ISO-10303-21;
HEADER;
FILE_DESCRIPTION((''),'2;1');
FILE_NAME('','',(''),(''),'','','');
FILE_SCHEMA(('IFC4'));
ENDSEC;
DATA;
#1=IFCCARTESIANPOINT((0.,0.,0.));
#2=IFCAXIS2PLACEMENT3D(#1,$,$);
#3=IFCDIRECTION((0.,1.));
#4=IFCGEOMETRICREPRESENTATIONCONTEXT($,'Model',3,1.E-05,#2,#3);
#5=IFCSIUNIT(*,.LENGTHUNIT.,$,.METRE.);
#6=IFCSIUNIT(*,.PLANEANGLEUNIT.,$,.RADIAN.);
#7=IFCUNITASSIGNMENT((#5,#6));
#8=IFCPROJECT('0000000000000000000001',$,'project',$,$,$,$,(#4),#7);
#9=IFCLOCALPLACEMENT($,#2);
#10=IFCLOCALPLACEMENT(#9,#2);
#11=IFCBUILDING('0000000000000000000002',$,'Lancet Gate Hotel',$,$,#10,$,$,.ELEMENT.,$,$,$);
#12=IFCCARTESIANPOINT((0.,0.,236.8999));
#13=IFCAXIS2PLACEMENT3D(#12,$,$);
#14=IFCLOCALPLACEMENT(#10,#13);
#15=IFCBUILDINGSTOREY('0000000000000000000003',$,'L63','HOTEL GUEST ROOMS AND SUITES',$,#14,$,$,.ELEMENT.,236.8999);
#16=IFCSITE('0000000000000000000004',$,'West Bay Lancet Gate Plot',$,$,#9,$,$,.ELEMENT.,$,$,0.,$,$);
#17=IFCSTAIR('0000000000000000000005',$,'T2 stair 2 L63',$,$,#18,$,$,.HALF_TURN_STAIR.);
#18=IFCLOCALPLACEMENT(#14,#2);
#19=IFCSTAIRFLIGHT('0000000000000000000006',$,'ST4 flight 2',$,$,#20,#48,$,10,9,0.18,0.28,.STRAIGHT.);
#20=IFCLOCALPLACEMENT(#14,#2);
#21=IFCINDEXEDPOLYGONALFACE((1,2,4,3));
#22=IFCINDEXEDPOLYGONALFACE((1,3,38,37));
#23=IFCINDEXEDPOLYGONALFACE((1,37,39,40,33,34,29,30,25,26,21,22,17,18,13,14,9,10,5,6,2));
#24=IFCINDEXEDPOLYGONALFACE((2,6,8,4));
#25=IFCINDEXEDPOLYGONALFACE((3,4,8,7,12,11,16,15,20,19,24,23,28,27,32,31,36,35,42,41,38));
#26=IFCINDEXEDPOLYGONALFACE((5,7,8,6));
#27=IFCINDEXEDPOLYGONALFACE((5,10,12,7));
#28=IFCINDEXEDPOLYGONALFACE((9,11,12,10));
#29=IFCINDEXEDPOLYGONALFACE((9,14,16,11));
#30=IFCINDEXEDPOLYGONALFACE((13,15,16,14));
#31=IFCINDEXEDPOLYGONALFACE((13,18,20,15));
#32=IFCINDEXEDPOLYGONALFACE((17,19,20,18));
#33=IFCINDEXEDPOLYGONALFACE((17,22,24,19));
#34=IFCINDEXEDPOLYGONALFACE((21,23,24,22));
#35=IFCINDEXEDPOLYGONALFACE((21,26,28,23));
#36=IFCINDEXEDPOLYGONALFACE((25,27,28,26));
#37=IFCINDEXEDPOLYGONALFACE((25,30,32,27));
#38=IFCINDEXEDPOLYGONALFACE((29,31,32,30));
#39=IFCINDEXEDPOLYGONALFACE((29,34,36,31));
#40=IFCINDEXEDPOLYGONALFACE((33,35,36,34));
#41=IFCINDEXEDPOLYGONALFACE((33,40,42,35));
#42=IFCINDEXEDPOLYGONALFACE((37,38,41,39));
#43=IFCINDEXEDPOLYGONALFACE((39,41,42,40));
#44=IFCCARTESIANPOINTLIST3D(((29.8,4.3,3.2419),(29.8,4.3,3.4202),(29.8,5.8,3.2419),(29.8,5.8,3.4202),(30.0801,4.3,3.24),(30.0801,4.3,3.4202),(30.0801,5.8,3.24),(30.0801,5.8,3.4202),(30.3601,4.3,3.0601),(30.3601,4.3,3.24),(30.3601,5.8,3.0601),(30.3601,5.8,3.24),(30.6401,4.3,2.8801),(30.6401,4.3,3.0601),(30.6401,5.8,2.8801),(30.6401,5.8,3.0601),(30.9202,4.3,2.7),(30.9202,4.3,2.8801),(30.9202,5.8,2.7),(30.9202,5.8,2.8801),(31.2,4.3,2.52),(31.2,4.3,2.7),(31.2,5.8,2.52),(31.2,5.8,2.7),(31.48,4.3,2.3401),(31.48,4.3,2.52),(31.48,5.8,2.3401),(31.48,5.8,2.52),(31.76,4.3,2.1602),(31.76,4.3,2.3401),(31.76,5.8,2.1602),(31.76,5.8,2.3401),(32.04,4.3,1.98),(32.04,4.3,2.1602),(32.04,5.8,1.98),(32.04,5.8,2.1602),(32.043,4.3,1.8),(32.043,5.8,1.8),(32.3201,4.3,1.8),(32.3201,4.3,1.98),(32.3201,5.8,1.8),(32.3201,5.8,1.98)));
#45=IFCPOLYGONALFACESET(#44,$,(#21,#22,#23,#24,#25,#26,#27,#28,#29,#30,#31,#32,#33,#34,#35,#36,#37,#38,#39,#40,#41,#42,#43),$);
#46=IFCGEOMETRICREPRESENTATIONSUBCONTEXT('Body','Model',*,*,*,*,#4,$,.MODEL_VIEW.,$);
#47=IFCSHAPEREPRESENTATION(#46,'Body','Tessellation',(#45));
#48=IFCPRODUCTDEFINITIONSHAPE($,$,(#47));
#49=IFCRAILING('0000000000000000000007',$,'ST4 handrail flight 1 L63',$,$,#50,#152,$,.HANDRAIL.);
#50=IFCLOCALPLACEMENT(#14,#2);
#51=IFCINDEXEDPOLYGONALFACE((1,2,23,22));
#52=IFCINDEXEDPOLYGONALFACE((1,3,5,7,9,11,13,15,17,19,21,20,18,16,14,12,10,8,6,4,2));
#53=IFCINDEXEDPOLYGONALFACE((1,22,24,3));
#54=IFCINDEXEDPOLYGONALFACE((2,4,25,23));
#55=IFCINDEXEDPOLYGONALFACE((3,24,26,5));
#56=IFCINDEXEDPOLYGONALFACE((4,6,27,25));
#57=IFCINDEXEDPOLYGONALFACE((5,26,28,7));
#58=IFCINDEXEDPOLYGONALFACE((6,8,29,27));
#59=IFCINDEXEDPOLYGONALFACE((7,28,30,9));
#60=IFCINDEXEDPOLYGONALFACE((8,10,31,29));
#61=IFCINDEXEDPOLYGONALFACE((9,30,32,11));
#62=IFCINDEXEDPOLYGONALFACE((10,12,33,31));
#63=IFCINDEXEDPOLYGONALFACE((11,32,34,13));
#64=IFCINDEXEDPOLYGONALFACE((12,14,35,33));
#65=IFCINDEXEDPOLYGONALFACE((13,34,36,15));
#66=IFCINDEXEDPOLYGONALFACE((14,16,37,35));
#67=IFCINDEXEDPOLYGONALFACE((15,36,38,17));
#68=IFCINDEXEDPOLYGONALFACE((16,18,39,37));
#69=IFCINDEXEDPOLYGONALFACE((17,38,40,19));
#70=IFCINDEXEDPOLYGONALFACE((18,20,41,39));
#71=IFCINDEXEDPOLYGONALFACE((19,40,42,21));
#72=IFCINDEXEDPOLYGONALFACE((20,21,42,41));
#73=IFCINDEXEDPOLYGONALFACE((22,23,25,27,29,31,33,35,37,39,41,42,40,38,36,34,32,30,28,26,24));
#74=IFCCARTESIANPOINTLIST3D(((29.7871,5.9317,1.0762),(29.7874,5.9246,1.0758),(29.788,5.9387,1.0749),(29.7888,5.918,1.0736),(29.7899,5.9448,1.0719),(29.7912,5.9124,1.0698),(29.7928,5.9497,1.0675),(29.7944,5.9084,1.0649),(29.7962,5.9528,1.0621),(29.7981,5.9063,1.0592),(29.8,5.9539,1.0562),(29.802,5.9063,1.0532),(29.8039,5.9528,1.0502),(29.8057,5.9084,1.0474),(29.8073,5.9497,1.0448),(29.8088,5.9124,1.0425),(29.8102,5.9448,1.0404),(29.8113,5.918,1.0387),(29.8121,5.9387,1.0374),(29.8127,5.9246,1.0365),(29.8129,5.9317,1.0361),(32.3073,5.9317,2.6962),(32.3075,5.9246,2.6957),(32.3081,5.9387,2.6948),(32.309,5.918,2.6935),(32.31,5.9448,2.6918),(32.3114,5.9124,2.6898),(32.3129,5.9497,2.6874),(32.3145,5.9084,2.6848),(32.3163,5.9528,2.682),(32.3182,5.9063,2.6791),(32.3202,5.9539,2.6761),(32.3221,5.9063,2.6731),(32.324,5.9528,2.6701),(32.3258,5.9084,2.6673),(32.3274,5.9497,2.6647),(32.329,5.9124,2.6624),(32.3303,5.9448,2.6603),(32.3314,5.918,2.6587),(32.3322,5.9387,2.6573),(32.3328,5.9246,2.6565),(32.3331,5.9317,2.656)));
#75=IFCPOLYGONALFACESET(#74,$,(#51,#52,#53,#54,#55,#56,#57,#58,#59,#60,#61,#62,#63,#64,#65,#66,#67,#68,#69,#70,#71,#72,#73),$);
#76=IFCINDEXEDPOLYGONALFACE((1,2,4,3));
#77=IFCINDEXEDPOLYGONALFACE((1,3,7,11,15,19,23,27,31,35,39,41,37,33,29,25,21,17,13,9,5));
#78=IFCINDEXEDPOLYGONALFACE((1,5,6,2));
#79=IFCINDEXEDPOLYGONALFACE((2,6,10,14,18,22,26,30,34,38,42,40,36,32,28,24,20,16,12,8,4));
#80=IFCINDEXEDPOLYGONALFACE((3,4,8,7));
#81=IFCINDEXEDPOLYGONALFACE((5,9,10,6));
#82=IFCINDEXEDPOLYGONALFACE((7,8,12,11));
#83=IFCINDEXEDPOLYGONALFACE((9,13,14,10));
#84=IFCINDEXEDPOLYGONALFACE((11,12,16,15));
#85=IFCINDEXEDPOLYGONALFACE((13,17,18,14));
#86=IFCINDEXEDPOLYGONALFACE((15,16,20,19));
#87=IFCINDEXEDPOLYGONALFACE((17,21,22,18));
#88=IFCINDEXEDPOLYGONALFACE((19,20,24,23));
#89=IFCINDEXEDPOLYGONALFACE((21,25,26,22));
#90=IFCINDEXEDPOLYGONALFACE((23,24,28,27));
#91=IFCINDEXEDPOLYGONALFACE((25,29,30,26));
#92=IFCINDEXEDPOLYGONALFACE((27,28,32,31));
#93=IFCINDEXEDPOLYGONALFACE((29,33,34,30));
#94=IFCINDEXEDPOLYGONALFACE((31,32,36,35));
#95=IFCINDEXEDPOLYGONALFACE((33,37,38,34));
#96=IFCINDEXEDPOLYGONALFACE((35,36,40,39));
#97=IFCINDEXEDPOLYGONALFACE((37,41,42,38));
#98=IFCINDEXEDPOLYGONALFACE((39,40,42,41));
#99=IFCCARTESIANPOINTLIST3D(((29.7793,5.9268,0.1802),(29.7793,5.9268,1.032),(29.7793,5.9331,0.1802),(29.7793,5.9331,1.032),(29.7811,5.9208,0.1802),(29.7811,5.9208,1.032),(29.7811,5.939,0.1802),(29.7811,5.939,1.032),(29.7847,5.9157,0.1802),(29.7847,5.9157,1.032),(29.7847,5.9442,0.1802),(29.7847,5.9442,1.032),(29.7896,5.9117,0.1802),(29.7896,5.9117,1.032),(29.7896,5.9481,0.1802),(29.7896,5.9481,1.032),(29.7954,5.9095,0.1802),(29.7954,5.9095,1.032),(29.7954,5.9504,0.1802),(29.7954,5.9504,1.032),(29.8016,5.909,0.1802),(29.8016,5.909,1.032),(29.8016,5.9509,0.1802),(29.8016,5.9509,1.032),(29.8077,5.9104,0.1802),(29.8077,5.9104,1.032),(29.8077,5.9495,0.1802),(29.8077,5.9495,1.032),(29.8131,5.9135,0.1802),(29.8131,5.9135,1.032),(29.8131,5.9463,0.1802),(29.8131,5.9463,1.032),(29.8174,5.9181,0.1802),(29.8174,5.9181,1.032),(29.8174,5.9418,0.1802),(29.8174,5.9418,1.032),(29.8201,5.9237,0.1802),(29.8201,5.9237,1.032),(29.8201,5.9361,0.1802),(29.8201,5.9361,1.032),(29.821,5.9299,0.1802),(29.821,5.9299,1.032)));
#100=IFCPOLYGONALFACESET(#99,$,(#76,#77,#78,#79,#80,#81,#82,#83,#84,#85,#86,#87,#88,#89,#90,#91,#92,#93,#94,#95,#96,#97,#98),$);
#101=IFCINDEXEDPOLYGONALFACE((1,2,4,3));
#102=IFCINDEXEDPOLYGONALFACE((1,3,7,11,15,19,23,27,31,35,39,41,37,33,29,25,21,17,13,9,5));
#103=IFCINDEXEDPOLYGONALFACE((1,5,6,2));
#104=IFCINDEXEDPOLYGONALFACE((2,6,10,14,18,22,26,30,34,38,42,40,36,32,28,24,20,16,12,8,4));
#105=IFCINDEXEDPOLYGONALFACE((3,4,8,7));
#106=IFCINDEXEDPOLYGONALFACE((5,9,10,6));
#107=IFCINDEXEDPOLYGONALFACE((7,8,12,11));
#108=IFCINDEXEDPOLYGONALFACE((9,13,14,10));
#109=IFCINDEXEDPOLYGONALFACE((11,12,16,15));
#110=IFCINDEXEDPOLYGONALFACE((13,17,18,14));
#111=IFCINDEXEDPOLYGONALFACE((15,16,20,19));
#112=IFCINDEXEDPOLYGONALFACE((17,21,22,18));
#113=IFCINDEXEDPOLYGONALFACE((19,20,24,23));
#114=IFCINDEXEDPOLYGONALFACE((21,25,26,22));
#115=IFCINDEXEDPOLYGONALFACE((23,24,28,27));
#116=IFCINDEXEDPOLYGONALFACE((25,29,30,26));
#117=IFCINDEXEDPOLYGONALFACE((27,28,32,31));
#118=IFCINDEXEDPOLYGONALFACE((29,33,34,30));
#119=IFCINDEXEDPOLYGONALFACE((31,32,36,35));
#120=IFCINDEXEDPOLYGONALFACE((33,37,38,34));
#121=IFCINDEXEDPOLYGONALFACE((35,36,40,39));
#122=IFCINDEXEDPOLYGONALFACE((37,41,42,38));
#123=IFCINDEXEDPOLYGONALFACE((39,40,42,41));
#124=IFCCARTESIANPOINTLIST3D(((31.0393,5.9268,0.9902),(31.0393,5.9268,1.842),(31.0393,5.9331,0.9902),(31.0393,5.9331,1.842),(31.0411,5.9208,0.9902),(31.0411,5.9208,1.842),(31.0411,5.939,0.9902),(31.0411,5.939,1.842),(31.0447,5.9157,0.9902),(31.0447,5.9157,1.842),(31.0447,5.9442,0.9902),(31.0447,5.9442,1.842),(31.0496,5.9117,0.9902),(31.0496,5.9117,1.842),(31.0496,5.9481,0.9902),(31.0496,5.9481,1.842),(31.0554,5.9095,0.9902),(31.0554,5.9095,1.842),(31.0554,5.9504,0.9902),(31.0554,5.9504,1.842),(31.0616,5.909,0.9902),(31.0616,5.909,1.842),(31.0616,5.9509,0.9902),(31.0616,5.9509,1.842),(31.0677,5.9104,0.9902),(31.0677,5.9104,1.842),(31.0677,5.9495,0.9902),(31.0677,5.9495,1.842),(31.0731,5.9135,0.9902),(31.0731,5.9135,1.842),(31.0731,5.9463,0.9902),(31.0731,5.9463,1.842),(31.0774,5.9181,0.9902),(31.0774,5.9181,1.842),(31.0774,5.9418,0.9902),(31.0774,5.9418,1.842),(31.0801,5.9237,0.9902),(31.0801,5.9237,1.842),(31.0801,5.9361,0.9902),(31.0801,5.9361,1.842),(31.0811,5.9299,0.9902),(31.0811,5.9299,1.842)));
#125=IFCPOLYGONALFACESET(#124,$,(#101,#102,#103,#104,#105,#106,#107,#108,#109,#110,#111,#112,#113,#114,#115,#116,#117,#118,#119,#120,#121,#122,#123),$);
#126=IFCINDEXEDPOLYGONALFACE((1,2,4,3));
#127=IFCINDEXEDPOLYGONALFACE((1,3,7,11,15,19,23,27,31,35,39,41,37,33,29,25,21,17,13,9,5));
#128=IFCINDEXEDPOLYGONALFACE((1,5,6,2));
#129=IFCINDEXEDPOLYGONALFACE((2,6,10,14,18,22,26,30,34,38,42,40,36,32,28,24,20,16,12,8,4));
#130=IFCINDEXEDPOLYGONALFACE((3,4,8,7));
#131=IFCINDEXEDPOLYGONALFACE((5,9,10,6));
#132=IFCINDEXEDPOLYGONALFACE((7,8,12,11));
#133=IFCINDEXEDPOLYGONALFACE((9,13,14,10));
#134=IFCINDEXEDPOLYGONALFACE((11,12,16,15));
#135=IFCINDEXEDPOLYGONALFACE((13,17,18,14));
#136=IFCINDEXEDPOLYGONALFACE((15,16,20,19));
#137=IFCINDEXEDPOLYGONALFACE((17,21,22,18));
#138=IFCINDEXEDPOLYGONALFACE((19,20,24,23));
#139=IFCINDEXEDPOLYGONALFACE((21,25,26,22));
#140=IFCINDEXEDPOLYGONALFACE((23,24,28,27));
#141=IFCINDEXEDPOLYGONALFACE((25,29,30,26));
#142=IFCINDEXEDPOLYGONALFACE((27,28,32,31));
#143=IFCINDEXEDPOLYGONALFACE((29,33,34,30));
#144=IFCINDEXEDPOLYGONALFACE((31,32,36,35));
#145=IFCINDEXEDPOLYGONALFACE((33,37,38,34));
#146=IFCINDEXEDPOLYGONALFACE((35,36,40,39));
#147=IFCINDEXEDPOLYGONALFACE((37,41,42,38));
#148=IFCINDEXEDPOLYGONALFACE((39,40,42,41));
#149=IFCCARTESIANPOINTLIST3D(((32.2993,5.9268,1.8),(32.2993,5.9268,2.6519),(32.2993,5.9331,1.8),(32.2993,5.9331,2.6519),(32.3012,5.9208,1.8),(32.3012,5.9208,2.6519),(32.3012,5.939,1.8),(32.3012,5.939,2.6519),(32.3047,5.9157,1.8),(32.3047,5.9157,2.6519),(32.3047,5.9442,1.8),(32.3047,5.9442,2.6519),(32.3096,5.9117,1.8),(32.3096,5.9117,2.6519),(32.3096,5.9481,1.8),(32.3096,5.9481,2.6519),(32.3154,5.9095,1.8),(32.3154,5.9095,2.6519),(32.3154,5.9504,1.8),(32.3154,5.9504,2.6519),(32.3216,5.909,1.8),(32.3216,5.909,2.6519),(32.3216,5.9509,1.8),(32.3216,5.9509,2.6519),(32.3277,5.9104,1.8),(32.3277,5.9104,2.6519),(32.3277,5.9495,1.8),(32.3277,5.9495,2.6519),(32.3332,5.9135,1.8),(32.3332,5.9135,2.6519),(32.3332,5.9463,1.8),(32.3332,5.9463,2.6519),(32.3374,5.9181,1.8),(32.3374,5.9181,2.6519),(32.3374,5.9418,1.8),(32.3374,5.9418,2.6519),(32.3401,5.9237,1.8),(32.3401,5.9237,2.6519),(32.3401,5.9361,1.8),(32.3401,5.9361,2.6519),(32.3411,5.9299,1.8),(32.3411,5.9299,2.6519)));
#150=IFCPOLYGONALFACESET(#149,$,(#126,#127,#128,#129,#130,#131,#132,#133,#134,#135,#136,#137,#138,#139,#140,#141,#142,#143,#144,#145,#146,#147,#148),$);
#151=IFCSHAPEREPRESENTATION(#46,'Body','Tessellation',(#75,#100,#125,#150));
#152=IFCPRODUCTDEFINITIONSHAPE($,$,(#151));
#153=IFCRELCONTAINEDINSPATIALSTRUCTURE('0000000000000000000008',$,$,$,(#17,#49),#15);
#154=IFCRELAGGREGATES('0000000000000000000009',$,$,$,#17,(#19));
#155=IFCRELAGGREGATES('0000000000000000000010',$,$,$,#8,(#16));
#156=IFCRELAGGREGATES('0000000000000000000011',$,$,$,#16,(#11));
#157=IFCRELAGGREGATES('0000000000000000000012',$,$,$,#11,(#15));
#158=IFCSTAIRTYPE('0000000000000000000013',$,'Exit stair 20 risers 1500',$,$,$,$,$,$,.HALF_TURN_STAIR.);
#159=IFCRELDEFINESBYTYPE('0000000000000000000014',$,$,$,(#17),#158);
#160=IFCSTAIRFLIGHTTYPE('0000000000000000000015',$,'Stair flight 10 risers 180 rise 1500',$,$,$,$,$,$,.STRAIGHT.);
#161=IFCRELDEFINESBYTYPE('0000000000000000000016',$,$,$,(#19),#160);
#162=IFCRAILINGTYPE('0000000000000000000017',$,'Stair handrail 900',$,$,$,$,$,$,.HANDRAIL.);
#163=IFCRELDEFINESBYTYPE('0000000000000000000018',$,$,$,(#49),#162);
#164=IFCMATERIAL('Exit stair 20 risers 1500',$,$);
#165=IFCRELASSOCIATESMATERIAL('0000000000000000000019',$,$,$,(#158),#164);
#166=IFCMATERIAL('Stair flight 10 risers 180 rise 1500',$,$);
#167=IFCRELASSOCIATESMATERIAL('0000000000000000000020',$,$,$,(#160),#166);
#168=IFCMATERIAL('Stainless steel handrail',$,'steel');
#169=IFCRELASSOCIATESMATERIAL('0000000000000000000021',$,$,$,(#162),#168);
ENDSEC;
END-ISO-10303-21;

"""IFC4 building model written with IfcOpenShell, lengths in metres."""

from ifc_helpers import new_model, si_unit, direction, frame, origin, origin_2d, place, context, subcontext, project, spatial, polyline, circle, outline, extrude, material, type_object, element, aggregate, save


model = new_model("IFC4")

# Units and contexts
model_context = context("Model", 3, precision=1e-05, world=origin(), true_north=direction((0.0, 1.0)))
body_context = subcontext(model_context, "Body", "Model", "MODEL_VIEW")
ifc_project = project(units=[si_unit("LENGTHUNIT", "METRE"), si_unit("PLANEANGLEUNIT", "RADIAN")], contexts=[model_context])

# Site, building, storey
site_placement = place(None, origin())
site = spatial("IfcSite", under=ifc_project, at=site_placement, Name="West Bay Lancet Gate Plot", CompositionType="ELEMENT", RefElevation=0.0)
building_placement = place(site_placement, origin())
building = spatial("IfcBuilding", under=site, at=building_placement, Name="Lancet Gate Hotel", CompositionType="ELEMENT")
storey_placement = place(building_placement, frame((0.0, 0.0, 236.8999)))
storey = spatial("IfcBuildingStorey", under=building, at=storey_placement, Name="L63", Description="HOTEL GUEST ROOMS AND SUITES", CompositionType="ELEMENT", Elevation=236.8999)

# Stair, stair flight
ifc_material_1 = material(Name="Exit stair 20 risers 1500")
stair_type = type_object("IfcStairType", Name="Exit stair 20 risers 1500", PredefinedType="HALF_TURN_STAIR", material=ifc_material_1)
stair_placement = place(storey_placement, origin())
stair = element("IfcStair", 1, at=stair_placement, inside=storey, type_object=stair_type, Name="T2 stair 2 L63", PredefinedType="HALF_TURN_STAIR")
ifc_material_2 = material(Name="Stair flight 10 risers 180 rise 1500")
stair_flight_type = type_object("IfcStairFlightType", Name="Stair flight 10 risers 180 rise 1500", PredefinedType="STRAIGHT", material=ifc_material_2)
stair_flight_1_placement = place(storey_placement, frame((32.3201, 5.05, 1.8), z_axis=(0.0, 0.0, 1.0), x_axis=(-1.0, 0.0, 0.0)))
stair_flight_1 = element("IfcStairFlight", 2, at=stair_flight_1_placement, type_object=stair_flight_type, Name="ST4 flight 2", NumberOfRisers=10, NumberOfTreads=9, PredefinedType="STRAIGHT", RiserHeight=0.18, TreadLength=0.28, context=body_context, shape_type="SweptSolid", body=[
    extrude(outline(polyline([(0.0, 0.0), (0.0, 0.1799), (0.28, 0.1799), (0.28, 0.3601), (0.5601, 0.3601), (0.5601, 0.54), (0.8401, 0.54), (0.8401, 0.72), (1.1201, 0.72), (1.1201, 0.8999), (1.3999, 0.8999), (1.3999, 1.0801), (1.6799, 1.0801), (1.6799, 1.26), (1.96, 1.26), (1.96, 1.4399), (2.24, 1.4399), (2.24, 1.6201), (2.52, 1.6201), (2.52, 1.8), (2.52, 1.4419), (0.2771, 0.0), (0.0, 0.0)])), frame((0.0, 0.75, 0.0), z_axis=(0.0, -1.0, 0.0), x_axis=(1.0, 0.0, 0.0)), (0.0, 0.0, 1.0), 1.5),
])
aggregate(stair, [stair_flight_1])

# Railing
ifc_material_3 = material(Name="Stainless steel handrail", Category="steel")
railing_type = type_object("IfcRailingType", Name="Stair handrail 900", PredefinedType="HANDRAIL", material=ifc_material_3)
railing_1_placement = place(storey_placement, frame((29.8, 5.9299, 0.1802)))
element("IfcRailing", 3, at=railing_1_placement, inside=storey, type_object=railing_type, Name="ST4 handrail flight 1 L63", PredefinedType="HANDRAIL", context=body_context, shape_type="SweptSolid", body=[
    extrude(circle(Radius=0.0239, at=origin_2d()), frame((0.0, 0.0, 0.876), z_axis=(0.8412, 0.0, 0.540725), x_axis=(0.0, 1.0, 0.0)), (0.0, 0.0, 1.0), 2.9958),
    extrude(circle(Radius=0.021, at=origin_2d()), origin(), (0.0, 0.0, 1.0), 0.8518),
    extrude(circle(Radius=0.021, at=origin_2d()), frame((1.26, 0.0, 0.8101)), (0.0, 0.0, 1.0), 0.8518),
    extrude(circle(Radius=0.021, at=origin_2d()), frame((2.52, 0.0, 1.6199)), (0.0, 0.0, 1.0), 0.8518),
])

save(model, "model.ifc")
